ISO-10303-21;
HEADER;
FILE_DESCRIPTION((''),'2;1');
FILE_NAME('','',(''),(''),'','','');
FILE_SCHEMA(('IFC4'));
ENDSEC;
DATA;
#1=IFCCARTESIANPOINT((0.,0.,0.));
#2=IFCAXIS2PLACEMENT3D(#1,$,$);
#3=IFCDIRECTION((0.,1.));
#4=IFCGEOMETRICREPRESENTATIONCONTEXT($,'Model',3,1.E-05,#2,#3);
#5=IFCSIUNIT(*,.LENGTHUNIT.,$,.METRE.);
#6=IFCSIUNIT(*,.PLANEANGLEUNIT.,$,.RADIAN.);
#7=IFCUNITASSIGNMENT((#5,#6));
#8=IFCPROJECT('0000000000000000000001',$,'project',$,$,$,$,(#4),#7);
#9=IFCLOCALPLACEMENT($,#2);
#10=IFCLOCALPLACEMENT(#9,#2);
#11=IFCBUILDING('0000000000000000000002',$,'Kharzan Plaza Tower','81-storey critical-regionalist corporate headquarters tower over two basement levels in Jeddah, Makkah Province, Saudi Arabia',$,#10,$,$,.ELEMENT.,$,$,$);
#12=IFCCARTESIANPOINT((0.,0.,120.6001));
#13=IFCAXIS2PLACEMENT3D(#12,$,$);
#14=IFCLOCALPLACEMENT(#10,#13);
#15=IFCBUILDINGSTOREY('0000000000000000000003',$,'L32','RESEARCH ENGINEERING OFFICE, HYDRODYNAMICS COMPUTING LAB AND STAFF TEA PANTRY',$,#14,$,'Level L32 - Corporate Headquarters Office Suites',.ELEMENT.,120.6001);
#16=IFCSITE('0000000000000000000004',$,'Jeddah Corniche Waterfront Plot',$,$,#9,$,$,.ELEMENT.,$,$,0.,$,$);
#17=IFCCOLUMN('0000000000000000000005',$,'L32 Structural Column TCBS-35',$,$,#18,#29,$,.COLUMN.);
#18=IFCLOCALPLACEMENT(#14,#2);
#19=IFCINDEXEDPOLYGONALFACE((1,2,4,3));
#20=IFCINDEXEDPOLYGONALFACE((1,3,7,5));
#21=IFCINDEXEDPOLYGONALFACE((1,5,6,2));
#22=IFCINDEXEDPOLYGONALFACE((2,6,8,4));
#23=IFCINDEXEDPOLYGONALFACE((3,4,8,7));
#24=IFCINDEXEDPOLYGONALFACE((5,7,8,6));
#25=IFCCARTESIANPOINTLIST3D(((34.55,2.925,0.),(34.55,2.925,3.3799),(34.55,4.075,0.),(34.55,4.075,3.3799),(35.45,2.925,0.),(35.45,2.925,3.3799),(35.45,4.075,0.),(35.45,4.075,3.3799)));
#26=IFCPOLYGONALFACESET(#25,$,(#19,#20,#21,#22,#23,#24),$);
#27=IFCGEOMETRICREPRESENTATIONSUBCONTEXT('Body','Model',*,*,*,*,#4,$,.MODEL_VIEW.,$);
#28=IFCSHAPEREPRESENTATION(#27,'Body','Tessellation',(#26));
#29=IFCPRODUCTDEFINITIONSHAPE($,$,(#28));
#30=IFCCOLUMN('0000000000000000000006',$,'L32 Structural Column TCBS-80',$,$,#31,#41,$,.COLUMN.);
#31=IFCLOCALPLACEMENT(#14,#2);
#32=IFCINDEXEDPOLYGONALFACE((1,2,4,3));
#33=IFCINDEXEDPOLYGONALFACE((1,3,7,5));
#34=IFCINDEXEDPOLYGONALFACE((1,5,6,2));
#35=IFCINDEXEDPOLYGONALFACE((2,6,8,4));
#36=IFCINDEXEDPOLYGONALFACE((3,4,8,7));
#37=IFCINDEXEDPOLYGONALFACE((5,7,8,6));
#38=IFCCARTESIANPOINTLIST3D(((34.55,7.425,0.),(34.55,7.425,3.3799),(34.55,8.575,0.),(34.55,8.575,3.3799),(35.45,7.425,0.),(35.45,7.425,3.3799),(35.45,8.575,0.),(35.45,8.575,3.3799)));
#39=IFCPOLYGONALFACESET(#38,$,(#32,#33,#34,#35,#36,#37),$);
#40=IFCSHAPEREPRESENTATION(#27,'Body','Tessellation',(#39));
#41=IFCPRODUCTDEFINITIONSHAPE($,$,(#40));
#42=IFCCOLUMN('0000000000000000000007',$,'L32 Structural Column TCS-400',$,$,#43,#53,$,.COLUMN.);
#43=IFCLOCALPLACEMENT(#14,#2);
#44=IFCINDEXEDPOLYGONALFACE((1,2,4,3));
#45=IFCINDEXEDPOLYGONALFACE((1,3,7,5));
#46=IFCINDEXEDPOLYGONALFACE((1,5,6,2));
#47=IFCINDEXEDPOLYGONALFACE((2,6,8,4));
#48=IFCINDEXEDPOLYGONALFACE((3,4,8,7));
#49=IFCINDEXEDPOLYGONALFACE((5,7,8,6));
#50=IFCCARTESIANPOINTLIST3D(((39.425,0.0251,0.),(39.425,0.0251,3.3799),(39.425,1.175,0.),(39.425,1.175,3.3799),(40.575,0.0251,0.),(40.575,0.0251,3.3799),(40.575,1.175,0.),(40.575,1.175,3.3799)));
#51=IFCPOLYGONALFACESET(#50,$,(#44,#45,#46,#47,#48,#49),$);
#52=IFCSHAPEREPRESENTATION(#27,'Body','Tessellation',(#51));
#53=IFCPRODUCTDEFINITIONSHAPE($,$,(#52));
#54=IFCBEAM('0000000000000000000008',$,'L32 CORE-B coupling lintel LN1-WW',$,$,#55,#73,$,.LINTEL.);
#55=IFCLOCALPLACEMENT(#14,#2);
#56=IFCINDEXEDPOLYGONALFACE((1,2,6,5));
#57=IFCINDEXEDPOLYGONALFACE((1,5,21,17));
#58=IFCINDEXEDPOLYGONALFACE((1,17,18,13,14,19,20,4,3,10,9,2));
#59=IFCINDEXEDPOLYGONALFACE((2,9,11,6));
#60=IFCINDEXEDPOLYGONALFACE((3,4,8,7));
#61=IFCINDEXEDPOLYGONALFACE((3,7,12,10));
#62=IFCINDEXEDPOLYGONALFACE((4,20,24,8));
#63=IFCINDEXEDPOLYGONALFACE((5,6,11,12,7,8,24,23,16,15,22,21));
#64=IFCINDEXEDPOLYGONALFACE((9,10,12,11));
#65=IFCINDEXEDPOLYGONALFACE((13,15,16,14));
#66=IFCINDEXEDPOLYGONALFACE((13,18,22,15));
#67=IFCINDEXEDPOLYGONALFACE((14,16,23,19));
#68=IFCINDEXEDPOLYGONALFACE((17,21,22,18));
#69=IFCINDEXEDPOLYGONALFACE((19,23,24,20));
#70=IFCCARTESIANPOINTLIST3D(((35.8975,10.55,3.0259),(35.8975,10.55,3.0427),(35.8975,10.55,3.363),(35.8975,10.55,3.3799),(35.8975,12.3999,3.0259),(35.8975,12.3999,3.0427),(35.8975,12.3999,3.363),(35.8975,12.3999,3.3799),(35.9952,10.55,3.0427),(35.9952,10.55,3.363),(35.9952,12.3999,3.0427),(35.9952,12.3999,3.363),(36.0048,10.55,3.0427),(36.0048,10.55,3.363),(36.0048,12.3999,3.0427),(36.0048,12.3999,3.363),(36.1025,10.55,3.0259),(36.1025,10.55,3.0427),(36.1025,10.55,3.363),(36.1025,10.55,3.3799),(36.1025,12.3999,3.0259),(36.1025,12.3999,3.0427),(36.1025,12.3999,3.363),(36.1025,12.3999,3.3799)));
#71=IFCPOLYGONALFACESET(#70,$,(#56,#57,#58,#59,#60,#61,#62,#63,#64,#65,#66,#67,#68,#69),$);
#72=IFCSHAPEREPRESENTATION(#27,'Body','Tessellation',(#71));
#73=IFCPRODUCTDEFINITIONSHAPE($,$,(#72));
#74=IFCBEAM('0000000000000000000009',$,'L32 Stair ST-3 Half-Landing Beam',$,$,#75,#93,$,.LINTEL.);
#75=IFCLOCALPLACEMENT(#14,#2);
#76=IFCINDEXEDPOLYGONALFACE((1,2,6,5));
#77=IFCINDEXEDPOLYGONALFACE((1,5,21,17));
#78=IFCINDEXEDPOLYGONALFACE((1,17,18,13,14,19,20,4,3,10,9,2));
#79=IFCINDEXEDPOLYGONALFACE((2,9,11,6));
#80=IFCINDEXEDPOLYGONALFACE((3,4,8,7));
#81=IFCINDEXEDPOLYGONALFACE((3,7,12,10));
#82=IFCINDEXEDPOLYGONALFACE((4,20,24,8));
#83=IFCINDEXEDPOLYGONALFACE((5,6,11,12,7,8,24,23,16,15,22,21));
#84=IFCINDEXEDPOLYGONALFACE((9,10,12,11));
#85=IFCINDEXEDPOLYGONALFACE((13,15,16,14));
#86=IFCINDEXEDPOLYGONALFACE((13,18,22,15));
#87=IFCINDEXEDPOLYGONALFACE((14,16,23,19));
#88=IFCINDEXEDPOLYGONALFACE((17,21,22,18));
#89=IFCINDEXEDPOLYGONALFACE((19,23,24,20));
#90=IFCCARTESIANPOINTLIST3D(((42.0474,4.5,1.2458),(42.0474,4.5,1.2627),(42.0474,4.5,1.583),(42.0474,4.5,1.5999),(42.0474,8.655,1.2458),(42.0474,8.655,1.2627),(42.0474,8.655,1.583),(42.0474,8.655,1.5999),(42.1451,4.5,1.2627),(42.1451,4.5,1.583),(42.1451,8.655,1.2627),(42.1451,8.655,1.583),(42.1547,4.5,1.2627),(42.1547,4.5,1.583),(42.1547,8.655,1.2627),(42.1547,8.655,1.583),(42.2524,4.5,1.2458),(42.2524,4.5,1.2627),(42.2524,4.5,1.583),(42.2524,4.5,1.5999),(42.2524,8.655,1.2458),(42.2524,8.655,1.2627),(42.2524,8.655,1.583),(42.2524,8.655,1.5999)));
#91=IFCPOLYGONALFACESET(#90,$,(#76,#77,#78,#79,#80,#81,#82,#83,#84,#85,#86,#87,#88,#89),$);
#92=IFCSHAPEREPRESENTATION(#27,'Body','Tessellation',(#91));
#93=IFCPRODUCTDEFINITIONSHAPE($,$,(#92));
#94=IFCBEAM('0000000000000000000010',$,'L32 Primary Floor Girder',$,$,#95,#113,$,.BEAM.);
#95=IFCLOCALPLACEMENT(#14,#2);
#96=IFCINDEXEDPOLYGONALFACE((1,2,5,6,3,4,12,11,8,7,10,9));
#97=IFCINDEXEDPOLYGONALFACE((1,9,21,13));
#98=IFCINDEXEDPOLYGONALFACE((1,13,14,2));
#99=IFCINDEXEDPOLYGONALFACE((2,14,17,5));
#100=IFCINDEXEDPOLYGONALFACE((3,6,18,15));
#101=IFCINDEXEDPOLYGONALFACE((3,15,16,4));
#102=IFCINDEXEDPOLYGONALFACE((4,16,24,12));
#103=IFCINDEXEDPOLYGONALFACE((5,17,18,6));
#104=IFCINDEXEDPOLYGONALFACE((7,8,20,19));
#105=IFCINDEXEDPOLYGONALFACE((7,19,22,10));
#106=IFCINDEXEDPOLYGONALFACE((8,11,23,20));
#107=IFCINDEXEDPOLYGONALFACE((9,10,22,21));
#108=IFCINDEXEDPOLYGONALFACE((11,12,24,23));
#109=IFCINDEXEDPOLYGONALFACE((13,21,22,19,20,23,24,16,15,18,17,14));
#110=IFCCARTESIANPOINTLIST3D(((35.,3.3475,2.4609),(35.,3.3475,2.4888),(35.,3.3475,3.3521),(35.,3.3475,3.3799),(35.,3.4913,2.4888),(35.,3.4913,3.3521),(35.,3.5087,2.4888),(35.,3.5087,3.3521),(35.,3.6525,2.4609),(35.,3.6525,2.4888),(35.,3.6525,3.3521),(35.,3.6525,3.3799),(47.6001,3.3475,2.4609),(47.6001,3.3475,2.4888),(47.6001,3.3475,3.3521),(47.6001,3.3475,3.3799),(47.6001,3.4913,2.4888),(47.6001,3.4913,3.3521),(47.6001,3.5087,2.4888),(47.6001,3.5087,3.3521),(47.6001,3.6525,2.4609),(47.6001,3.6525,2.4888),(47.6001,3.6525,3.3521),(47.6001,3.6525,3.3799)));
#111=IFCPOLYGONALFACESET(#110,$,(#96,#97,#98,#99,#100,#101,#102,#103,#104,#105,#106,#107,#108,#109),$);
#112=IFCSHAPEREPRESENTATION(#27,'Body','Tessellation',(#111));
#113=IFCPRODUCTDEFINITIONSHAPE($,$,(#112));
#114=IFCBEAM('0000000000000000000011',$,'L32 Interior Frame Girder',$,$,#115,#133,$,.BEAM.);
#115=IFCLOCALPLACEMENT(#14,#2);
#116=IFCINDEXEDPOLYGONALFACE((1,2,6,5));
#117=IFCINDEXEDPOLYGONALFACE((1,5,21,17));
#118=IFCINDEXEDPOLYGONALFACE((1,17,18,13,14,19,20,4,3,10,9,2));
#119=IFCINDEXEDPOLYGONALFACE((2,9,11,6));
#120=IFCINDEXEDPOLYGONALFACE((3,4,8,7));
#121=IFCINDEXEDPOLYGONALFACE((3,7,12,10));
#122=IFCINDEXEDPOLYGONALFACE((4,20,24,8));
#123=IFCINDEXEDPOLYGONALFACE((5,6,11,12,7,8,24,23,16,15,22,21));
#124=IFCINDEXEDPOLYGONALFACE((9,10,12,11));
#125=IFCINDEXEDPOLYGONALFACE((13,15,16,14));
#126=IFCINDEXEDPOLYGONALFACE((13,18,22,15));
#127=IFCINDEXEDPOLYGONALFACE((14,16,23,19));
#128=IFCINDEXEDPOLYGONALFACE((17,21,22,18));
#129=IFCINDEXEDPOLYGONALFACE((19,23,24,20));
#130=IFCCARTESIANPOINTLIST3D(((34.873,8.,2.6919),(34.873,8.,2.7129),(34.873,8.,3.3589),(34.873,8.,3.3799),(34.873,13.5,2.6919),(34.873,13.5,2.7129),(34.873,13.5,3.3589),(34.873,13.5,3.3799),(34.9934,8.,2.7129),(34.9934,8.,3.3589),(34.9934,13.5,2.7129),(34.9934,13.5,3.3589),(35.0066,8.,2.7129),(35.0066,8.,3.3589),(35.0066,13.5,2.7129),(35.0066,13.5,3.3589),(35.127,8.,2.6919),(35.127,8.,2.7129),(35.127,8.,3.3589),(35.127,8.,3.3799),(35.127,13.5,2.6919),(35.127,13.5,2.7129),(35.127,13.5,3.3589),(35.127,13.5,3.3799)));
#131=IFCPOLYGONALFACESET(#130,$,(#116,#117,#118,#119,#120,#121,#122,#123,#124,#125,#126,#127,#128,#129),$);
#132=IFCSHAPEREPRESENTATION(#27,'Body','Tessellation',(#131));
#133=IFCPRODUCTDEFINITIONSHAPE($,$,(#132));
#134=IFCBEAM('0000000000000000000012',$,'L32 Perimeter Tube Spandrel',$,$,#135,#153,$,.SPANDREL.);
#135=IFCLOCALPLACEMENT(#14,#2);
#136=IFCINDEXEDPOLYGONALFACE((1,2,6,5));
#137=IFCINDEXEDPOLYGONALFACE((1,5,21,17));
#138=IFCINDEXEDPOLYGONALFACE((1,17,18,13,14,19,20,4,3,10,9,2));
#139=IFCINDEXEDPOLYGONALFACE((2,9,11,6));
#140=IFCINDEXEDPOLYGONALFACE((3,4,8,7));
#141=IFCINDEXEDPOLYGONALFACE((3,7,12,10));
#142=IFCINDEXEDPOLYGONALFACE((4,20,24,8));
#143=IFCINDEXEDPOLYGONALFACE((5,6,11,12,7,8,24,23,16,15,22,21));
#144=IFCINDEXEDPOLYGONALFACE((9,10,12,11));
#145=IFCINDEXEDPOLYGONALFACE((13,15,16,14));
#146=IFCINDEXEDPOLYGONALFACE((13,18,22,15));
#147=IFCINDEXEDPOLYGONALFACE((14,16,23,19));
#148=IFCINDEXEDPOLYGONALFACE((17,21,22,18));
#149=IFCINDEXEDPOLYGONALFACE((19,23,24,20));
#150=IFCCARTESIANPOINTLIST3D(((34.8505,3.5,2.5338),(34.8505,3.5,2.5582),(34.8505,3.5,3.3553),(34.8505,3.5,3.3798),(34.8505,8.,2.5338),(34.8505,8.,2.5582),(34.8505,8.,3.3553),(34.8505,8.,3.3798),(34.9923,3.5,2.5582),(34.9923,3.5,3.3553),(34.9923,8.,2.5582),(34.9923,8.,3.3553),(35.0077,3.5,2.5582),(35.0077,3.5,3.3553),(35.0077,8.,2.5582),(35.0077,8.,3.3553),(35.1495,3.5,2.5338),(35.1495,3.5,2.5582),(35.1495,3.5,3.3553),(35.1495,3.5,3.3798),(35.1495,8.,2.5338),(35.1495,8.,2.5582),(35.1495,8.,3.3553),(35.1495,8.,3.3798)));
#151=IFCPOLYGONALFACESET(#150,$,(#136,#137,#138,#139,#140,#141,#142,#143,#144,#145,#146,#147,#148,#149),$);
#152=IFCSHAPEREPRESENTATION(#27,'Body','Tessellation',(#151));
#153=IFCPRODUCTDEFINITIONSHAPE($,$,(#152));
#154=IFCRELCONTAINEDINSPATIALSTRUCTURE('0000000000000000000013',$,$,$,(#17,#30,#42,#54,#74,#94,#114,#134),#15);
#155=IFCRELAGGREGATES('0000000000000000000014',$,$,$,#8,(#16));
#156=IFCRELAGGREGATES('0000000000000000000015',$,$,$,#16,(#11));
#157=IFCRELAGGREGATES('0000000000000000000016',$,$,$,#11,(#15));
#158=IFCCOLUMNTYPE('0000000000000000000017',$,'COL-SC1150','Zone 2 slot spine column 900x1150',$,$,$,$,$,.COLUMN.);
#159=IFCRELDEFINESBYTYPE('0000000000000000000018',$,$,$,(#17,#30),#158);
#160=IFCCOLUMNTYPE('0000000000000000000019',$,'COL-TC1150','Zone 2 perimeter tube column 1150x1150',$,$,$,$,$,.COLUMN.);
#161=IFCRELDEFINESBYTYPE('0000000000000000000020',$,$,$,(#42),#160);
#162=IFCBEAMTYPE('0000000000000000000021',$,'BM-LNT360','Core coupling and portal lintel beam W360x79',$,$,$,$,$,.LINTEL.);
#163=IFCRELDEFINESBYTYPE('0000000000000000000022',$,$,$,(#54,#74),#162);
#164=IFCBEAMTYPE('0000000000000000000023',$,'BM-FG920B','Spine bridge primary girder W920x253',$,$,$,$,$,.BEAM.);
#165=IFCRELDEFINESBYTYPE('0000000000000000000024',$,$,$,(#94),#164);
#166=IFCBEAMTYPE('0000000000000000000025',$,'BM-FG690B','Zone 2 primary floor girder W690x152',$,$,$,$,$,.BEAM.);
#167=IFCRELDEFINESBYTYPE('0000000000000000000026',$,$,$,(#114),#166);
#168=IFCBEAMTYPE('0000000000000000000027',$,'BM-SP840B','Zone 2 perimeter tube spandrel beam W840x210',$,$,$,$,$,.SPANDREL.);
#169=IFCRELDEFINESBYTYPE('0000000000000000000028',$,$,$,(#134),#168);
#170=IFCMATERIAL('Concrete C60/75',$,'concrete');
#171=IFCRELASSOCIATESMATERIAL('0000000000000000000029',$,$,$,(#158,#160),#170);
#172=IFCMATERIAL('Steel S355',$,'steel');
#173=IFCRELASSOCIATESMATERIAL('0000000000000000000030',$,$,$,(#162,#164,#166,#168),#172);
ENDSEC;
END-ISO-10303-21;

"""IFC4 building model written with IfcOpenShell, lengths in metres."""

from ifc_helpers import new_model, si_unit, direction, frame, origin, origin_2d, place, context, subcontext, project, spatial, rectangle, i_section, extrude, source, transform, mapped, material, material_profile, profile_set, type_object, element, save


model = new_model("IFC4")

# Units and contexts
model_context = context("Model", 3, precision=1e-05, world=origin(), true_north=direction((0.0, 1.0)))
body_context = subcontext(model_context, "Body", "Model", "MODEL_VIEW")
ifc_project = project(units=[si_unit("LENGTHUNIT", "METRE"), si_unit("PLANEANGLEUNIT", "RADIAN")], contexts=[model_context])

# Site, building, storey
site_placement = place(None, origin())
site = spatial("IfcSite", under=ifc_project, at=site_placement, Name="Jeddah Corniche Waterfront Plot", CompositionType="ELEMENT", RefElevation=0.0)
building_placement = place(site_placement, origin())
building = spatial("IfcBuilding", under=site, at=building_placement, Name="Kharzan Plaza Tower", Description="81-storey critical-regionalist corporate headquarters tower over two basement levels in Jeddah, Makkah Province, Saudi Arabia", CompositionType="ELEMENT")
storey_placement = place(building_placement, frame((0.0, 0.0, 120.6001)))
storey = spatial("IfcBuildingStorey", under=building, at=storey_placement, Name="L32", Description="RESEARCH ENGINEERING OFFICE, HYDRODYNAMICS COMPUTING LAB AND STAFF TEA PANTRY", LongName="Level L32 - Corporate Headquarters Office Suites", CompositionType="ELEMENT", Elevation=120.6001)

# Columns
ifc_material_1 = material(Name="Concrete C60/75", Category="concrete")
ifc_material_profile_1 = material_profile(ifc_material_1, rectangle(XDim=0.8999, YDim=1.1499, at=origin_2d()), Name="RC-SC1150x900")
ifc_profile_set_1 = profile_set([ifc_material_profile_1], Name="Concrete C60/75")
column_type_1 = type_object("IfcColumnType", Name="COL-SC1150", Description="Zone 2 slot spine column 900x1150", PredefinedType="COLUMN", material=ifc_profile_set_1)
shared_shape_1 = source(origin(), body_context, "Body", "SweptSolid", [
    extrude(rectangle(XDim=0.8999, YDim=1.1499, at=origin_2d()), origin(), (0.0, 0.0, 1.0), 3.3799),
])
for number, where, z_axis, x_axis, name in (
    (1, (35.0, 3.5, 0.0), (0.0, 0.0, 1.0), (1.0, 0.0, 0.0), "L32 Structural Column TCBS-35"),
    (2, (35.0, 8.0, 0.0), (0.0, 0.0, 1.0), (1.0, 0.0, 0.0), "L32 Structural Column TCBS-80"),
):
    element("IfcColumn", number, at=place(storey_placement, frame(where, z_axis=z_axis, x_axis=x_axis)), inside=storey, type_object=column_type_1, Name=name, PredefinedType="COLUMN", context=body_context, shape_type="MappedRepresentation", body=[
        mapped(shared_shape_1, transform((0.0, 0.0, 0.0), x_axis=(1.0, 0.0, 0.0), y_axis=(0.0, 1.0, 0.0), z_axis=(0.0, 0.0, 1.0))),
    ])
ifc_material_profile_2 = material_profile(ifc_material_1, rectangle(XDim=1.1499, YDim=1.1499, at=origin_2d()), Name="RC-TC1150x1150")
ifc_profile_set_2 = profile_set([ifc_material_profile_2], Name="Concrete C60/75")
column_type_2 = type_object("IfcColumnType", Name="COL-TC1150", Description="Zone 2 perimeter tube column 1150x1150", PredefinedType="COLUMN", material=ifc_profile_set_2)
shared_shape_2 = source(origin(), body_context, "Body", "SweptSolid", [
    extrude(rectangle(XDim=1.1499, YDim=1.1499, at=origin_2d()), origin(), (0.0, 0.0, 1.0), 3.3799),
])
column_placement = place(storey_placement, frame((40.0, 0.6001, 0.0), z_axis=(0.0, 0.0, 1.0), x_axis=(1.0, 0.0, 0.0)))
element("IfcColumn", 3, at=column_placement, inside=storey, type_object=column_type_2, Name="L32 Structural Column TCS-400", PredefinedType="COLUMN", context=body_context, shape_type="MappedRepresentation", body=[
    mapped(shared_shape_2, transform((0.0, 0.0, 0.0), x_axis=(1.0, 0.0, 0.0), y_axis=(0.0, 1.0, 0.0), z_axis=(0.0, 0.0, 1.0))),
])

# Beams
ifc_material_2 = material(Name="Steel S355", Category="steel")
ifc_material_profile_3 = material_profile(ifc_material_2, i_section(OverallWidth=0.2051, OverallDepth=0.354, WebThickness=0.0095, FlangeThickness=0.0168, at=origin_2d()), Name="W360x79")
ifc_profile_set_3 = profile_set([ifc_material_profile_3], Name="Steel S355")
beam_type_1 = type_object("IfcBeamType", Name="BM-LNT360", Description="Core coupling and portal lintel beam W360x79", PredefinedType="LINTEL", material=ifc_profile_set_3)
shared_shape_3 = source(origin(), body_context, "Body", "SweptSolid", [
    extrude(i_section(OverallWidth=0.2051, OverallDepth=0.354, WebThickness=0.0095, FlangeThickness=0.0168, at=origin_2d()), origin(), (0.0, 0.0, 1.0), 1.8499),
])
beam_1_placement = place(storey_placement, frame((36.0, 10.55, 3.2029), z_axis=(0.0, 1.0, 0.0), x_axis=(-1.0, 0.0, 0.0)))
element("IfcBeam", 4, at=beam_1_placement, inside=storey, type_object=beam_type_1, Name="L32 CORE-B coupling lintel LN1-WW", PredefinedType="LINTEL", context=body_context, shape_type="MappedRepresentation", body=[
    mapped(shared_shape_3, transform((0.0, 0.0, 0.0), x_axis=(1.0, 0.0, 0.0), y_axis=(0.0, 1.0, 0.0), z_axis=(0.0, 0.0, 1.0))),
])
shared_shape_4 = source(origin(), body_context, "Body", "SweptSolid", [
    extrude(i_section(OverallWidth=0.2051, OverallDepth=0.354, WebThickness=0.0095, FlangeThickness=0.0168, at=origin_2d()), origin(), (0.0, 0.0, 1.0), 4.155),
])
beam_2_placement = place(storey_placement, frame((42.1499, 4.5, 1.4229), z_axis=(0.0, 1.0, 0.0), x_axis=(-1.0, 0.0, 0.0)))
element("IfcBeam", 5, at=beam_2_placement, inside=storey, type_object=beam_type_1, Name="L32 Stair ST-3 Half-Landing Beam", PredefinedType="LINTEL", context=body_context, shape_type="MappedRepresentation", body=[
    mapped(shared_shape_4, transform((0.0, 0.0, 0.0), x_axis=(1.0, 0.0, 0.0), y_axis=(0.0, 1.0, 0.0), z_axis=(0.0, 0.0, 1.0))),
])
ifc_material_profile_4 = material_profile(ifc_material_2, i_section(OverallWidth=0.3049, OverallDepth=0.9189, WebThickness=0.0173, FlangeThickness=0.0278, at=origin_2d()), Name="W920x253")
ifc_profile_set_4 = profile_set([ifc_material_profile_4], Name="Steel S355")
beam_type_2 = type_object("IfcBeamType", Name="BM-FG920B", Description="Spine bridge primary girder W920x253", PredefinedType="BEAM", material=ifc_profile_set_4)
shared_shape_5 = source(origin(), body_context, "Body", "SweptSolid", [
    extrude(i_section(OverallWidth=0.3049, OverallDepth=0.9189, WebThickness=0.0173, FlangeThickness=0.0278, at=origin_2d()), origin(), (0.0, 0.0, 1.0), 12.6001),
])
beam_3_placement = place(storey_placement, frame((35.0, 3.5, 2.9204), z_axis=(1.0, 0.0, 0.0), x_axis=(0.0, 1.0, 0.0)))
element("IfcBeam", 6, at=beam_3_placement, inside=storey, type_object=beam_type_2, Name="L32 Primary Floor Girder", PredefinedType="BEAM", context=body_context, shape_type="MappedRepresentation", body=[
    mapped(shared_shape_5, transform((0.0, 0.0, 0.0), x_axis=(1.0, 0.0, 0.0), y_axis=(0.0, 1.0, 0.0), z_axis=(0.0, 0.0, 1.0))),
])
ifc_material_profile_5 = material_profile(ifc_material_2, i_section(OverallWidth=0.2539, OverallDepth=0.688, WebThickness=0.0132, FlangeThickness=0.021, at=origin_2d()), Name="W690x152")
ifc_profile_set_5 = profile_set([ifc_material_profile_5], Name="Steel S355")
beam_type_3 = type_object("IfcBeamType", Name="BM-FG690B", Description="Zone 2 primary floor girder W690x152", PredefinedType="BEAM", material=ifc_profile_set_5)
shared_shape_6 = source(origin(), body_context, "Body", "SweptSolid", [
    extrude(i_section(OverallWidth=0.2539, OverallDepth=0.688, WebThickness=0.0132, FlangeThickness=0.021, at=origin_2d()), origin(), (0.0, 0.0, 1.0), 5.5),
])
beam_4_placement = place(storey_placement, frame((35.0, 8.0, 3.0359), z_axis=(0.0, 1.0, 0.0), x_axis=(-1.0, 0.0, 0.0)))
element("IfcBeam", 7, at=beam_4_placement, inside=storey, type_object=beam_type_3, Name="L32 Interior Frame Girder", PredefinedType="BEAM", context=body_context, shape_type="MappedRepresentation", body=[
    mapped(shared_shape_6, transform((0.0, 0.0, 0.0), x_axis=(1.0, 0.0, 0.0), y_axis=(0.0, 1.0, 0.0), z_axis=(0.0, 0.0, 1.0))),
])
ifc_material_profile_6 = material_profile(ifc_material_2, i_section(OverallWidth=0.2991, OverallDepth=0.8459, WebThickness=0.0154, FlangeThickness=0.0244, at=origin_2d()), Name="W840x210")
ifc_profile_set_6 = profile_set([ifc_material_profile_6], Name="Steel S355")
beam_type_4 = type_object("IfcBeamType", Name="BM-SP840B", Description="Zone 2 perimeter tube spandrel beam W840x210", PredefinedType="SPANDREL", material=ifc_profile_set_6)
shared_shape_7 = source(origin(), body_context, "Body", "SweptSolid", [
    extrude(i_section(OverallWidth=0.2991, OverallDepth=0.8459, WebThickness=0.0154, FlangeThickness=0.0244, at=origin_2d()), origin(), (0.0, 0.0, 1.0), 4.5),
])
beam_5_placement = place(storey_placement, frame((35.0, 3.5, 2.9568), z_axis=(0.0, 1.0, 0.0), x_axis=(-1.0, 0.0, 0.0)))
element("IfcBeam", 8, at=beam_5_placement, inside=storey, type_object=beam_type_4, Name="L32 Perimeter Tube Spandrel", PredefinedType="SPANDREL", context=body_context, shape_type="MappedRepresentation", body=[
    mapped(shared_shape_7, transform((0.0, 0.0, 0.0), x_axis=(1.0, 0.0, 0.0), y_axis=(0.0, 1.0, 0.0), z_axis=(0.0, 0.0, 1.0))),
])

save(model, "model.ifc")
